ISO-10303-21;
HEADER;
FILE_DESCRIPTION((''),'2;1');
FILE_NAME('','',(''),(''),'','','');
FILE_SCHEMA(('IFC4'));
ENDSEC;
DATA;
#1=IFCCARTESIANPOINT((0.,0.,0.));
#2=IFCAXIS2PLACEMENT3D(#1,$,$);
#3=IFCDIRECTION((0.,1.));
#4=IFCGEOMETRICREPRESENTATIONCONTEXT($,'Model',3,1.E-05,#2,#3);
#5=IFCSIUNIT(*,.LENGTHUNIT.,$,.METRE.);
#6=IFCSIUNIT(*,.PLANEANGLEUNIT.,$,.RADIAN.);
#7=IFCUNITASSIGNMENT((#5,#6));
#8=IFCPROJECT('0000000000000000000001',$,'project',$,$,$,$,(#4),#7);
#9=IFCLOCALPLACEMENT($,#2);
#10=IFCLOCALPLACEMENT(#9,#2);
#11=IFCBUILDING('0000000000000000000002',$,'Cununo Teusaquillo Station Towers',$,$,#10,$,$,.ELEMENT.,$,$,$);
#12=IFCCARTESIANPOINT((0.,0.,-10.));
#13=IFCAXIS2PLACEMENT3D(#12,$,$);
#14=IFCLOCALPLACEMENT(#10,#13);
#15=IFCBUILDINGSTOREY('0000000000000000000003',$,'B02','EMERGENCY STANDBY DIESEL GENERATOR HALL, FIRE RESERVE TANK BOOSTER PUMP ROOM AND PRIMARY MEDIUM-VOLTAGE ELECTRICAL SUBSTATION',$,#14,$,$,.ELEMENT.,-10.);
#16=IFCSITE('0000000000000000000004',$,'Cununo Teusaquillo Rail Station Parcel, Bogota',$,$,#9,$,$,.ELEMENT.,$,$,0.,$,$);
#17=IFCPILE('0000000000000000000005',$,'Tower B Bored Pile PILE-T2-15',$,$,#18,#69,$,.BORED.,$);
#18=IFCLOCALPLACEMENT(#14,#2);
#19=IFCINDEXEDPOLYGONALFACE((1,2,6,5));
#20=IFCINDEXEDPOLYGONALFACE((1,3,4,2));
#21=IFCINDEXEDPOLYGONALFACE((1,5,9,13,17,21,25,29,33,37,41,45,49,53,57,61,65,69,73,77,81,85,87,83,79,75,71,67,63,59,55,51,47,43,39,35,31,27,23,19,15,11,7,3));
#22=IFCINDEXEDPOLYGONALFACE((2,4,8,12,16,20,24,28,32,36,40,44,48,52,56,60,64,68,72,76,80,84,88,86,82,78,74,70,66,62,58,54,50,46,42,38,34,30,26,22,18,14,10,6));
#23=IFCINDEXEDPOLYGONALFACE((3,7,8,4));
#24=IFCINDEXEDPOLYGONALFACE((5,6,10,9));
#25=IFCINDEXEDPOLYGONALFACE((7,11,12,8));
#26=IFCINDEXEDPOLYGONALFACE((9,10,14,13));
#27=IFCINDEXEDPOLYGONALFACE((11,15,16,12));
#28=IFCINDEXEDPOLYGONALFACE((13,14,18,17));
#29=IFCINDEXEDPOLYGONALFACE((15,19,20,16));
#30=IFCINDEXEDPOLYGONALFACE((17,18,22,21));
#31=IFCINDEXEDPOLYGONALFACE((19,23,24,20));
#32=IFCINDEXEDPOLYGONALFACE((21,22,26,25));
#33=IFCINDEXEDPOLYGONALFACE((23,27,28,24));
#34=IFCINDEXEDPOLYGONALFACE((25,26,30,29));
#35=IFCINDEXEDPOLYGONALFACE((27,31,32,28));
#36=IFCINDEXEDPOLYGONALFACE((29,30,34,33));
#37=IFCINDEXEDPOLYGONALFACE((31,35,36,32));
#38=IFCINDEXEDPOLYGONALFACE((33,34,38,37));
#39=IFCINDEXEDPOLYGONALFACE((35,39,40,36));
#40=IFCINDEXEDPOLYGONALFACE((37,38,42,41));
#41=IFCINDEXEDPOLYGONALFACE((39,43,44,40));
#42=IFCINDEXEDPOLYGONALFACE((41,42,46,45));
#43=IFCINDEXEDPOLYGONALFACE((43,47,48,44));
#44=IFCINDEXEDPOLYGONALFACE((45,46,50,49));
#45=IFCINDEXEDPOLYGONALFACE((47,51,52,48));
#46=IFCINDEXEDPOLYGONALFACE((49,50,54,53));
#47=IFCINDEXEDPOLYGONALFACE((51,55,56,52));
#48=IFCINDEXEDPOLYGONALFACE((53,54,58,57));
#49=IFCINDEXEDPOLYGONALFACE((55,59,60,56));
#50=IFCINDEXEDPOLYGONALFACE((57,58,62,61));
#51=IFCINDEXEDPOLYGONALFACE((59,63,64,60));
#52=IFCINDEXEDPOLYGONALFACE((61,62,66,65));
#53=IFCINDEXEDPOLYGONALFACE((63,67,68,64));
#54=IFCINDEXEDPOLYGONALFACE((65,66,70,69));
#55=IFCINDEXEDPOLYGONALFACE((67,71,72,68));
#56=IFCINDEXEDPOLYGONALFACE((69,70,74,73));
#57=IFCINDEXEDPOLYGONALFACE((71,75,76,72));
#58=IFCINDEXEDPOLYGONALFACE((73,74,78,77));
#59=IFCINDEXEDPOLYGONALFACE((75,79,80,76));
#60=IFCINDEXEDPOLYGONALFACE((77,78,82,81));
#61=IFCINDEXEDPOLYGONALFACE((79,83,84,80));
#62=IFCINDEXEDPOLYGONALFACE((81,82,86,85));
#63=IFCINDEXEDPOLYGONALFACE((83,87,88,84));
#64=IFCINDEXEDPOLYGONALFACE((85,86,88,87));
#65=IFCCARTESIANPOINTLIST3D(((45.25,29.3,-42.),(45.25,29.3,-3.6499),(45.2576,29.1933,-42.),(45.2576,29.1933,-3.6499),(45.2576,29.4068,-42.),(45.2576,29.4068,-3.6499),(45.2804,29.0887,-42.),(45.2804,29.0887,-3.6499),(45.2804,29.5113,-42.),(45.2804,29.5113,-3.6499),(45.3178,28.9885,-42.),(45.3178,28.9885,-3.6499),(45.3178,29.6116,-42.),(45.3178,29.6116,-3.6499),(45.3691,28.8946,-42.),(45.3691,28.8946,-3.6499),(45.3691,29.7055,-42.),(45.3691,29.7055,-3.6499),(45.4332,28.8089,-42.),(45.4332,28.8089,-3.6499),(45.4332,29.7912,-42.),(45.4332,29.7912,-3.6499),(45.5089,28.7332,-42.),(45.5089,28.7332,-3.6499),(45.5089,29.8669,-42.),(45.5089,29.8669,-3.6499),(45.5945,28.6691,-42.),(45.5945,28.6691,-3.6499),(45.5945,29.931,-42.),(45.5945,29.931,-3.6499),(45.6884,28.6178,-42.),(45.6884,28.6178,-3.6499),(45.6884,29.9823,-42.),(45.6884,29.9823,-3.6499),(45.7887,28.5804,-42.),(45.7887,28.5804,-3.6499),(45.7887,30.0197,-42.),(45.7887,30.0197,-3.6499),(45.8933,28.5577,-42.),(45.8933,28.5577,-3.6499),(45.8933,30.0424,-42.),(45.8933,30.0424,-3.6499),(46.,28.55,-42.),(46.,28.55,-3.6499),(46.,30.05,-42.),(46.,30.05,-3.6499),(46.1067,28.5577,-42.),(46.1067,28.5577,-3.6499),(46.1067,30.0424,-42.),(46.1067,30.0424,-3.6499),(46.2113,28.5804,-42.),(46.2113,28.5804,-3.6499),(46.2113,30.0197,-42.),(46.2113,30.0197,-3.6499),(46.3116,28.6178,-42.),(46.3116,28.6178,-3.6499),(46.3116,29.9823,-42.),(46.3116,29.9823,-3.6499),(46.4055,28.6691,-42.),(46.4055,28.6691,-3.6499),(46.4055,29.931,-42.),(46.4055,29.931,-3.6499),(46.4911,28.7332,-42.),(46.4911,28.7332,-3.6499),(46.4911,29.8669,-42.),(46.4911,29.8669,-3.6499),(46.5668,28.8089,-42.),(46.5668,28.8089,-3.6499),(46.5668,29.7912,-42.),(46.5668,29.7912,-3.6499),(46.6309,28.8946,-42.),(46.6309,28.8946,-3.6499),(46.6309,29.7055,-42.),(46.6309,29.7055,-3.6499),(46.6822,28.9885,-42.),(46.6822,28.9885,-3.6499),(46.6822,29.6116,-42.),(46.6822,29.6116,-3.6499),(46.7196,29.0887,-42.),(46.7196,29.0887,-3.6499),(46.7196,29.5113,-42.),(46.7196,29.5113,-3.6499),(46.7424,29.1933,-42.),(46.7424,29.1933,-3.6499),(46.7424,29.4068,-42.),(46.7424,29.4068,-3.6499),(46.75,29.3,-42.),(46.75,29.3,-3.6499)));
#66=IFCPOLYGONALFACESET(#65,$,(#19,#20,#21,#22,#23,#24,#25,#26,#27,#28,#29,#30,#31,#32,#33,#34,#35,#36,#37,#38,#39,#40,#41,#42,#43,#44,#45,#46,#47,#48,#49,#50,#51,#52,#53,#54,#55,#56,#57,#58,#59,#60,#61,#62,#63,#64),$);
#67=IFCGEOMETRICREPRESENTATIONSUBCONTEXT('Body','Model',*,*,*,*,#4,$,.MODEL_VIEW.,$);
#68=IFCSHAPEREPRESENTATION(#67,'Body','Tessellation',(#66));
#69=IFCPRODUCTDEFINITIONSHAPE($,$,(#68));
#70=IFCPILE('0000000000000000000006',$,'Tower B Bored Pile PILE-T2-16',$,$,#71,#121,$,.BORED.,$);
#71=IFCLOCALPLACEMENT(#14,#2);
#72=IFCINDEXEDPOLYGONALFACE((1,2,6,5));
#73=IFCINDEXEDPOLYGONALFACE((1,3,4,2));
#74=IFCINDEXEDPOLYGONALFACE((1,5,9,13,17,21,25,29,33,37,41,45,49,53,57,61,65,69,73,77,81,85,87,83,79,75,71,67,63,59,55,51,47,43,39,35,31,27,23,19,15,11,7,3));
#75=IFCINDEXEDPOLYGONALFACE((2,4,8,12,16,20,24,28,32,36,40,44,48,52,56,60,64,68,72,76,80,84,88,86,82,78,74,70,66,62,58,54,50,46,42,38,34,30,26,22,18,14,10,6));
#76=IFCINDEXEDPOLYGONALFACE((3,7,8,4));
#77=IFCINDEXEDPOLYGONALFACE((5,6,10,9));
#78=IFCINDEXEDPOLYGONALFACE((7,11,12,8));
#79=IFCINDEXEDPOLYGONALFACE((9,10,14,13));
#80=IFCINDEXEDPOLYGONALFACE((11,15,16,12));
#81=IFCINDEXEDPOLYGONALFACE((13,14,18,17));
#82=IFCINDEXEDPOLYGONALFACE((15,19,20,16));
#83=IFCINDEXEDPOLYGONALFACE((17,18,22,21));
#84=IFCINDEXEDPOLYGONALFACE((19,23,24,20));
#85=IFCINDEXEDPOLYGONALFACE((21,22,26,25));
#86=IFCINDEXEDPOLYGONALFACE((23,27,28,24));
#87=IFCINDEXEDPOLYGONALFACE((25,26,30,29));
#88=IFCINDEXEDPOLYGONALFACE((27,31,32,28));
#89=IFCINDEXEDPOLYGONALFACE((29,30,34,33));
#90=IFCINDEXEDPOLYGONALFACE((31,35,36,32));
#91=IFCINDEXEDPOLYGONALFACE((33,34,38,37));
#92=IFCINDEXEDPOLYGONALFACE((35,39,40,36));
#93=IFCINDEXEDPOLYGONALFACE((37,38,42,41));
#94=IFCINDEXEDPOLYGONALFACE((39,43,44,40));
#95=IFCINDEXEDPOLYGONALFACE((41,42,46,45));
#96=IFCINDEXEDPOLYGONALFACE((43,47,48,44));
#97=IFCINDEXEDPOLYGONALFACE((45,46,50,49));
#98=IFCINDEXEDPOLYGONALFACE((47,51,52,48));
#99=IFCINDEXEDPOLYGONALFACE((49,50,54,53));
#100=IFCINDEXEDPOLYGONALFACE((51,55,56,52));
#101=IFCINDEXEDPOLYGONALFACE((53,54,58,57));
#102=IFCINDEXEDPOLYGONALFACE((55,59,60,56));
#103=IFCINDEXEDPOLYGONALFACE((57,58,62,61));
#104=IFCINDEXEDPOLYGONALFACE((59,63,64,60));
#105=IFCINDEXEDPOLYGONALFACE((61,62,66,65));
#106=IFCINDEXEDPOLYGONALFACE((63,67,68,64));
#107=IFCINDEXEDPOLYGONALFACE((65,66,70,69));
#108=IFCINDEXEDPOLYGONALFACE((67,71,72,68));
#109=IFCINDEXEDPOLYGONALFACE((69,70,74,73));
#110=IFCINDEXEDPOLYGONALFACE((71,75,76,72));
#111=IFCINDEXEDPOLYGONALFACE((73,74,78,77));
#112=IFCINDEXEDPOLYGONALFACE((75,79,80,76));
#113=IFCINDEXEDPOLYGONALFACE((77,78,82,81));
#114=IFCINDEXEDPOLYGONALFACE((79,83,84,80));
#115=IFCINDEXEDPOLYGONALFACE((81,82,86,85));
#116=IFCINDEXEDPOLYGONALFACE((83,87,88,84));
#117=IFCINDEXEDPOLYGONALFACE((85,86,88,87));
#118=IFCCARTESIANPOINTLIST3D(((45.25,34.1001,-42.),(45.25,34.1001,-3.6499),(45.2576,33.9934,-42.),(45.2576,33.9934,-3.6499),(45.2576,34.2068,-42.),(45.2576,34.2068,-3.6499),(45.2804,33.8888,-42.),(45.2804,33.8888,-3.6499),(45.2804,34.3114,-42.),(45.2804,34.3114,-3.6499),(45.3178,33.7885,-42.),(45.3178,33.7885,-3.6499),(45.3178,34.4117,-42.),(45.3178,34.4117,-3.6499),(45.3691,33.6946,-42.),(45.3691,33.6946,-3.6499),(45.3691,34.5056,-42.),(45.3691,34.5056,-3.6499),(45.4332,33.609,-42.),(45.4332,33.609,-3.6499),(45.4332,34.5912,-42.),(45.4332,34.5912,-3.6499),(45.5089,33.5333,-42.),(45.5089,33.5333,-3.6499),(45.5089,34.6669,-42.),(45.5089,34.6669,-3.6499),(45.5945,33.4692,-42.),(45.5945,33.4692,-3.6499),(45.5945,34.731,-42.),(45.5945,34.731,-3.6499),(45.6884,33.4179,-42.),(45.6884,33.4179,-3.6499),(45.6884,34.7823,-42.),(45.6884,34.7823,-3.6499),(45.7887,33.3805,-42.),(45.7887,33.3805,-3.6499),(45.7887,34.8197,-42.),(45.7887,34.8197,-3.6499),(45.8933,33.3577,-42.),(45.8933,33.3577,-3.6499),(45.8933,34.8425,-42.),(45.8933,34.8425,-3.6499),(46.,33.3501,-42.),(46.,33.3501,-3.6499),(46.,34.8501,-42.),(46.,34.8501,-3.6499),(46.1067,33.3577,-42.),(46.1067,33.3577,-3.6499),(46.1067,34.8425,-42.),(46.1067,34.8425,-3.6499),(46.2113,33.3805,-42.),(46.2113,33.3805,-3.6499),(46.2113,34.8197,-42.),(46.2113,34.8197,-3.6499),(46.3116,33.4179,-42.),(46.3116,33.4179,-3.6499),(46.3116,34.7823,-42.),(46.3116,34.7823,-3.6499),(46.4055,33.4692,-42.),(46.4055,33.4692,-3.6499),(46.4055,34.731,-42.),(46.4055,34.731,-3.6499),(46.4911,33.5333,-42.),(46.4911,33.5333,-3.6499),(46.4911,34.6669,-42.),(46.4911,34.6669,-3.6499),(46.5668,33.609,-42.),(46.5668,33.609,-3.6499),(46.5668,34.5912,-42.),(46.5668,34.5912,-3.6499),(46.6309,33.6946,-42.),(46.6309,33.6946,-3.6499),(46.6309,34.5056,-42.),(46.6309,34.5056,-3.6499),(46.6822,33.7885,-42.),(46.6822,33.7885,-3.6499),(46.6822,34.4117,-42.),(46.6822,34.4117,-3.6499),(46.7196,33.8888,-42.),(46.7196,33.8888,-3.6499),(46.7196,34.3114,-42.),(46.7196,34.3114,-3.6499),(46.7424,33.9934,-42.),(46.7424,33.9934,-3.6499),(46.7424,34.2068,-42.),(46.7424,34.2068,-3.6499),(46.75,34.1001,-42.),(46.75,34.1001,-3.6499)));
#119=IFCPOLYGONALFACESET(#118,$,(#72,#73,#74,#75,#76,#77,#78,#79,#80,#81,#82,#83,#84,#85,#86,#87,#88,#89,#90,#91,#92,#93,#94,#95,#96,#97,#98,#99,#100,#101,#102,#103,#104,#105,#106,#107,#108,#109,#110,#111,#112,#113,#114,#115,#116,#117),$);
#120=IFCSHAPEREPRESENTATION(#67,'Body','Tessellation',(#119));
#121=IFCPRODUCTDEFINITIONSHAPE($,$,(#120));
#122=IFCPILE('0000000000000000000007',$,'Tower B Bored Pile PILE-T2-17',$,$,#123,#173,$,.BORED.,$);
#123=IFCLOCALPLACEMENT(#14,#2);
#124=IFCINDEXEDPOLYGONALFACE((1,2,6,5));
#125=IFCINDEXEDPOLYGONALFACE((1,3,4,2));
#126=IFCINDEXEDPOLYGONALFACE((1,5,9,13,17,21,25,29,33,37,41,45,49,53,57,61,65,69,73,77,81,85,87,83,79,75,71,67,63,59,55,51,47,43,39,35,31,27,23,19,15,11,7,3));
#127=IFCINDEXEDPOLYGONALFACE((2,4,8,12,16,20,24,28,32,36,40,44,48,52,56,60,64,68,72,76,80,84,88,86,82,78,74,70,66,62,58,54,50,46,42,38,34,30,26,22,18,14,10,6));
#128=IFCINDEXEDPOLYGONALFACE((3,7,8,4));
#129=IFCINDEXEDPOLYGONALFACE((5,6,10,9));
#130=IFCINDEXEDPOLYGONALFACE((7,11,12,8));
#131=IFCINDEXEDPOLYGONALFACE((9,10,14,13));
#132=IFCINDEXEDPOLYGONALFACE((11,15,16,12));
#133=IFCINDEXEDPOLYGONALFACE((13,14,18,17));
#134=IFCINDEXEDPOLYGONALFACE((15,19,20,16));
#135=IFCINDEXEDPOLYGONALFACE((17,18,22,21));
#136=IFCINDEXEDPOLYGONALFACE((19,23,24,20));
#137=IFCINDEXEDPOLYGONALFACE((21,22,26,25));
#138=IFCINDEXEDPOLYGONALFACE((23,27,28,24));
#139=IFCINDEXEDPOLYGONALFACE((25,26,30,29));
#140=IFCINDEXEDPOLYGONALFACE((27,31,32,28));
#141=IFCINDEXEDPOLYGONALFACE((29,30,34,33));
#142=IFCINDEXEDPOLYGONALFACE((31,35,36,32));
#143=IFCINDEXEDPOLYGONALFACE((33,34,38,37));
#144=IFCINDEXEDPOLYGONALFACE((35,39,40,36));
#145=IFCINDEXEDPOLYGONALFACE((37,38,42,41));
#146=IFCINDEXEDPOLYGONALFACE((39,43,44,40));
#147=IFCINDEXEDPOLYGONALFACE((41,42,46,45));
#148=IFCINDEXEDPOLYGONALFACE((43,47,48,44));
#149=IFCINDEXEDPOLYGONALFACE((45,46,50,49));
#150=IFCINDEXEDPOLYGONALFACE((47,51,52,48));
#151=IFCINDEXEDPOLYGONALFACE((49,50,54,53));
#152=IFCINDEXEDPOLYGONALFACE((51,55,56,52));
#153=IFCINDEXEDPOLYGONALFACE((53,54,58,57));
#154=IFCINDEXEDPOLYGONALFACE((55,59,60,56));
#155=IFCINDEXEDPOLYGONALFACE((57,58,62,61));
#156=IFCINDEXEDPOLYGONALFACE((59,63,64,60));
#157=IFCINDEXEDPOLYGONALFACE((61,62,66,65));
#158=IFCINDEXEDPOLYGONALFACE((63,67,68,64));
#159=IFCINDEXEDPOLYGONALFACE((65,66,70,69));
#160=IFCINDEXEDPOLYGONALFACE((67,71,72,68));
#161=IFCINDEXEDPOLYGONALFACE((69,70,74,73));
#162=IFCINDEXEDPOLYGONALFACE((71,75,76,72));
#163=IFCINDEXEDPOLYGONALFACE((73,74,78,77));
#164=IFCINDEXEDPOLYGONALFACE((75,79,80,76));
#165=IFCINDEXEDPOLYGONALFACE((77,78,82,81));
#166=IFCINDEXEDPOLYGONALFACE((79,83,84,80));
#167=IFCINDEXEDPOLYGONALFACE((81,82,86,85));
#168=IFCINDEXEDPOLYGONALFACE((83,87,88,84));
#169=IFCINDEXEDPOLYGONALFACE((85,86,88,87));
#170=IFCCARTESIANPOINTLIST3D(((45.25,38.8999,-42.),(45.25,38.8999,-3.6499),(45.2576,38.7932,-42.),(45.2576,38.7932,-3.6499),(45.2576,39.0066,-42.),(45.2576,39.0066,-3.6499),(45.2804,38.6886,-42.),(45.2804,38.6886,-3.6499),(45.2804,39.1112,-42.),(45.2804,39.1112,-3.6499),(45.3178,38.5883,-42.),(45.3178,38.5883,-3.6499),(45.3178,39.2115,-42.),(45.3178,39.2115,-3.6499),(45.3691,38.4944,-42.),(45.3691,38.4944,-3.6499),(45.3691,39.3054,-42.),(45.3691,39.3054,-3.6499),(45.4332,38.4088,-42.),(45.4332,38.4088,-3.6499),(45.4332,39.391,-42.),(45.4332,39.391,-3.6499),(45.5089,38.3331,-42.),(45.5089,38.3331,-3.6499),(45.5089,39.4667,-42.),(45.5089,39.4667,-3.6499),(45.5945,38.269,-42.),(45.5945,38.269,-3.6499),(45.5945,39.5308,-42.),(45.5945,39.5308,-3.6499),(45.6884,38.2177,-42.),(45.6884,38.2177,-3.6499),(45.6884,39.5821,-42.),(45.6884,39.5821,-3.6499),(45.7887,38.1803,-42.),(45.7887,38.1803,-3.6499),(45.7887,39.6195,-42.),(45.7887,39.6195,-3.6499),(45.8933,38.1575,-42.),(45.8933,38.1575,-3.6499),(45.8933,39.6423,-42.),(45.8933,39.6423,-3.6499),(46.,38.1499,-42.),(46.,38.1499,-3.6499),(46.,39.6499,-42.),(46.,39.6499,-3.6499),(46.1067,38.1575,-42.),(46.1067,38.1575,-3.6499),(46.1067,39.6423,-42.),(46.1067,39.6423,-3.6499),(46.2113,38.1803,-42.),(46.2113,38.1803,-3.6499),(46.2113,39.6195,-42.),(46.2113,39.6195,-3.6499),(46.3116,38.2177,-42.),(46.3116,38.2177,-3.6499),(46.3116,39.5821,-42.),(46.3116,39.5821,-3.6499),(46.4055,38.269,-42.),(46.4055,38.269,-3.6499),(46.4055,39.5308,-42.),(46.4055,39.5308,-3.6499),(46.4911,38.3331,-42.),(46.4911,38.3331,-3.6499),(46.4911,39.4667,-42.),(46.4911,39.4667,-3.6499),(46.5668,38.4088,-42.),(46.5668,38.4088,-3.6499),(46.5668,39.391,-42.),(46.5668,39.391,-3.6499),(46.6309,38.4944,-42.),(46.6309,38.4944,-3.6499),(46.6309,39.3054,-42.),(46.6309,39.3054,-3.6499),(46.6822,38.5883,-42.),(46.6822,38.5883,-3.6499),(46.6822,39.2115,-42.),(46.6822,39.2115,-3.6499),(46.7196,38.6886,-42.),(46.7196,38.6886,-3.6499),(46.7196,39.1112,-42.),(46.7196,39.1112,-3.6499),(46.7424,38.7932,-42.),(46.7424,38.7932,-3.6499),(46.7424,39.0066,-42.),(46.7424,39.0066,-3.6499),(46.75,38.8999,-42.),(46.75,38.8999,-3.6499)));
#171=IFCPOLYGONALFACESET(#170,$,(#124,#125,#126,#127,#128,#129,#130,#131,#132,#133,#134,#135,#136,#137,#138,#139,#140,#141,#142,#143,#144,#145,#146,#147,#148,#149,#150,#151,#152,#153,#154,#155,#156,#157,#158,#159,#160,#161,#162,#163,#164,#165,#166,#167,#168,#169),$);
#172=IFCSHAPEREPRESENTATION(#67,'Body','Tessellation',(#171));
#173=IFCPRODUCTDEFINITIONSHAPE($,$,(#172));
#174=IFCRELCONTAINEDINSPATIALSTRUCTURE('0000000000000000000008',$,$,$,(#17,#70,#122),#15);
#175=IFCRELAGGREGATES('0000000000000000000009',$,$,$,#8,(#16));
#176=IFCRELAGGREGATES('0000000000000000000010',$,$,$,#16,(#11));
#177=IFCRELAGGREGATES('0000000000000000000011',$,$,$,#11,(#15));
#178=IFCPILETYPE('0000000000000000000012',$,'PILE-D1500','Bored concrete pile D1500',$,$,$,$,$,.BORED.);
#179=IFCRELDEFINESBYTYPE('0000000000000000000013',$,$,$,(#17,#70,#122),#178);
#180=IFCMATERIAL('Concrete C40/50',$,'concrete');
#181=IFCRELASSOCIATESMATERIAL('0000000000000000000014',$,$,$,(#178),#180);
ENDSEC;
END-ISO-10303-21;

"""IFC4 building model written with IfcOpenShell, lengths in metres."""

from ifc_helpers import new_model, si_unit, direction, frame, origin, origin_2d, place, context, subcontext, project, spatial, circle, extrude, material, material_profile, profile_set, type_object, element, save


model = new_model("IFC4")

# Units and contexts
model_context = context("Model", 3, precision=1e-05, world=origin(), true_north=direction((0.0, 1.0)))
body_context = subcontext(model_context, "Body", "Model", "MODEL_VIEW")
ifc_project = project(units=[si_unit("LENGTHUNIT", "METRE"), si_unit("PLANEANGLEUNIT", "RADIAN")], contexts=[model_context])

# Site, building, storey
site_placement = place(None, origin())
site = spatial("IfcSite", under=ifc_project, at=site_placement, Name="Cununo Teusaquillo Rail Station Parcel, Bogota", CompositionType="ELEMENT", RefElevation=0.0)
building_placement = place(site_placement, origin())
building = spatial("IfcBuilding", under=site, at=building_placement, Name="Cununo Teusaquillo Station Towers", CompositionType="ELEMENT")
storey_placement = place(building_placement, frame((0.0, 0.0, -10.0)))
storey = spatial("IfcBuildingStorey", under=building, at=storey_placement, Name="B02", Description="EMERGENCY STANDBY DIESEL GENERATOR HALL, FIRE RESERVE TANK BOOSTER PUMP ROOM AND PRIMARY MEDIUM-VOLTAGE ELECTRICAL SUBSTATION", CompositionType="ELEMENT", Elevation=-10.0)

# Piles
ifc_material_1 = material(Name="Concrete C40/50", Category="concrete")
ifc_material_profile_1 = material_profile(ifc_material_1, circle(Radius=0.75, at=origin_2d()), Name="PILE-BORED-1500")
ifc_profile_set_1 = profile_set([ifc_material_profile_1], Name="Concrete C40/50")
pile_type = type_object("IfcPileType", Name="PILE-D1500", Description="Bored concrete pile D1500", PredefinedType="BORED", material=ifc_profile_set_1)
for number, where, z_axis, x_axis, name in (
    (1, (46.0, 29.3, -3.6499), (0.0, 0.0, -1.0), (1.0, 0.0, 0.0), "Tower B Bored Pile PILE-T2-15"),
    (2, (46.0, 34.1001, -3.6499), (0.0, 0.0, -1.0), (1.0, 0.0, 0.0), "Tower B Bored Pile PILE-T2-16"),
    (3, (46.0, 38.8999, -3.6499), (0.0, 0.0, -1.0), (1.0, 0.0, 0.0), "Tower B Bored Pile PILE-T2-17"),
):
    element("IfcPile", number, at=place(storey_placement, frame(where, z_axis=z_axis, x_axis=x_axis)), inside=storey, type_object=pile_type, Name=name, PredefinedType="BORED", context=body_context, shape_type="SweptSolid", body=[
        extrude(circle(Radius=0.75, at=origin_2d()), origin(), (0.0, 0.0, 1.0), 38.3501),
    ])

save(model, "model.ifc")
